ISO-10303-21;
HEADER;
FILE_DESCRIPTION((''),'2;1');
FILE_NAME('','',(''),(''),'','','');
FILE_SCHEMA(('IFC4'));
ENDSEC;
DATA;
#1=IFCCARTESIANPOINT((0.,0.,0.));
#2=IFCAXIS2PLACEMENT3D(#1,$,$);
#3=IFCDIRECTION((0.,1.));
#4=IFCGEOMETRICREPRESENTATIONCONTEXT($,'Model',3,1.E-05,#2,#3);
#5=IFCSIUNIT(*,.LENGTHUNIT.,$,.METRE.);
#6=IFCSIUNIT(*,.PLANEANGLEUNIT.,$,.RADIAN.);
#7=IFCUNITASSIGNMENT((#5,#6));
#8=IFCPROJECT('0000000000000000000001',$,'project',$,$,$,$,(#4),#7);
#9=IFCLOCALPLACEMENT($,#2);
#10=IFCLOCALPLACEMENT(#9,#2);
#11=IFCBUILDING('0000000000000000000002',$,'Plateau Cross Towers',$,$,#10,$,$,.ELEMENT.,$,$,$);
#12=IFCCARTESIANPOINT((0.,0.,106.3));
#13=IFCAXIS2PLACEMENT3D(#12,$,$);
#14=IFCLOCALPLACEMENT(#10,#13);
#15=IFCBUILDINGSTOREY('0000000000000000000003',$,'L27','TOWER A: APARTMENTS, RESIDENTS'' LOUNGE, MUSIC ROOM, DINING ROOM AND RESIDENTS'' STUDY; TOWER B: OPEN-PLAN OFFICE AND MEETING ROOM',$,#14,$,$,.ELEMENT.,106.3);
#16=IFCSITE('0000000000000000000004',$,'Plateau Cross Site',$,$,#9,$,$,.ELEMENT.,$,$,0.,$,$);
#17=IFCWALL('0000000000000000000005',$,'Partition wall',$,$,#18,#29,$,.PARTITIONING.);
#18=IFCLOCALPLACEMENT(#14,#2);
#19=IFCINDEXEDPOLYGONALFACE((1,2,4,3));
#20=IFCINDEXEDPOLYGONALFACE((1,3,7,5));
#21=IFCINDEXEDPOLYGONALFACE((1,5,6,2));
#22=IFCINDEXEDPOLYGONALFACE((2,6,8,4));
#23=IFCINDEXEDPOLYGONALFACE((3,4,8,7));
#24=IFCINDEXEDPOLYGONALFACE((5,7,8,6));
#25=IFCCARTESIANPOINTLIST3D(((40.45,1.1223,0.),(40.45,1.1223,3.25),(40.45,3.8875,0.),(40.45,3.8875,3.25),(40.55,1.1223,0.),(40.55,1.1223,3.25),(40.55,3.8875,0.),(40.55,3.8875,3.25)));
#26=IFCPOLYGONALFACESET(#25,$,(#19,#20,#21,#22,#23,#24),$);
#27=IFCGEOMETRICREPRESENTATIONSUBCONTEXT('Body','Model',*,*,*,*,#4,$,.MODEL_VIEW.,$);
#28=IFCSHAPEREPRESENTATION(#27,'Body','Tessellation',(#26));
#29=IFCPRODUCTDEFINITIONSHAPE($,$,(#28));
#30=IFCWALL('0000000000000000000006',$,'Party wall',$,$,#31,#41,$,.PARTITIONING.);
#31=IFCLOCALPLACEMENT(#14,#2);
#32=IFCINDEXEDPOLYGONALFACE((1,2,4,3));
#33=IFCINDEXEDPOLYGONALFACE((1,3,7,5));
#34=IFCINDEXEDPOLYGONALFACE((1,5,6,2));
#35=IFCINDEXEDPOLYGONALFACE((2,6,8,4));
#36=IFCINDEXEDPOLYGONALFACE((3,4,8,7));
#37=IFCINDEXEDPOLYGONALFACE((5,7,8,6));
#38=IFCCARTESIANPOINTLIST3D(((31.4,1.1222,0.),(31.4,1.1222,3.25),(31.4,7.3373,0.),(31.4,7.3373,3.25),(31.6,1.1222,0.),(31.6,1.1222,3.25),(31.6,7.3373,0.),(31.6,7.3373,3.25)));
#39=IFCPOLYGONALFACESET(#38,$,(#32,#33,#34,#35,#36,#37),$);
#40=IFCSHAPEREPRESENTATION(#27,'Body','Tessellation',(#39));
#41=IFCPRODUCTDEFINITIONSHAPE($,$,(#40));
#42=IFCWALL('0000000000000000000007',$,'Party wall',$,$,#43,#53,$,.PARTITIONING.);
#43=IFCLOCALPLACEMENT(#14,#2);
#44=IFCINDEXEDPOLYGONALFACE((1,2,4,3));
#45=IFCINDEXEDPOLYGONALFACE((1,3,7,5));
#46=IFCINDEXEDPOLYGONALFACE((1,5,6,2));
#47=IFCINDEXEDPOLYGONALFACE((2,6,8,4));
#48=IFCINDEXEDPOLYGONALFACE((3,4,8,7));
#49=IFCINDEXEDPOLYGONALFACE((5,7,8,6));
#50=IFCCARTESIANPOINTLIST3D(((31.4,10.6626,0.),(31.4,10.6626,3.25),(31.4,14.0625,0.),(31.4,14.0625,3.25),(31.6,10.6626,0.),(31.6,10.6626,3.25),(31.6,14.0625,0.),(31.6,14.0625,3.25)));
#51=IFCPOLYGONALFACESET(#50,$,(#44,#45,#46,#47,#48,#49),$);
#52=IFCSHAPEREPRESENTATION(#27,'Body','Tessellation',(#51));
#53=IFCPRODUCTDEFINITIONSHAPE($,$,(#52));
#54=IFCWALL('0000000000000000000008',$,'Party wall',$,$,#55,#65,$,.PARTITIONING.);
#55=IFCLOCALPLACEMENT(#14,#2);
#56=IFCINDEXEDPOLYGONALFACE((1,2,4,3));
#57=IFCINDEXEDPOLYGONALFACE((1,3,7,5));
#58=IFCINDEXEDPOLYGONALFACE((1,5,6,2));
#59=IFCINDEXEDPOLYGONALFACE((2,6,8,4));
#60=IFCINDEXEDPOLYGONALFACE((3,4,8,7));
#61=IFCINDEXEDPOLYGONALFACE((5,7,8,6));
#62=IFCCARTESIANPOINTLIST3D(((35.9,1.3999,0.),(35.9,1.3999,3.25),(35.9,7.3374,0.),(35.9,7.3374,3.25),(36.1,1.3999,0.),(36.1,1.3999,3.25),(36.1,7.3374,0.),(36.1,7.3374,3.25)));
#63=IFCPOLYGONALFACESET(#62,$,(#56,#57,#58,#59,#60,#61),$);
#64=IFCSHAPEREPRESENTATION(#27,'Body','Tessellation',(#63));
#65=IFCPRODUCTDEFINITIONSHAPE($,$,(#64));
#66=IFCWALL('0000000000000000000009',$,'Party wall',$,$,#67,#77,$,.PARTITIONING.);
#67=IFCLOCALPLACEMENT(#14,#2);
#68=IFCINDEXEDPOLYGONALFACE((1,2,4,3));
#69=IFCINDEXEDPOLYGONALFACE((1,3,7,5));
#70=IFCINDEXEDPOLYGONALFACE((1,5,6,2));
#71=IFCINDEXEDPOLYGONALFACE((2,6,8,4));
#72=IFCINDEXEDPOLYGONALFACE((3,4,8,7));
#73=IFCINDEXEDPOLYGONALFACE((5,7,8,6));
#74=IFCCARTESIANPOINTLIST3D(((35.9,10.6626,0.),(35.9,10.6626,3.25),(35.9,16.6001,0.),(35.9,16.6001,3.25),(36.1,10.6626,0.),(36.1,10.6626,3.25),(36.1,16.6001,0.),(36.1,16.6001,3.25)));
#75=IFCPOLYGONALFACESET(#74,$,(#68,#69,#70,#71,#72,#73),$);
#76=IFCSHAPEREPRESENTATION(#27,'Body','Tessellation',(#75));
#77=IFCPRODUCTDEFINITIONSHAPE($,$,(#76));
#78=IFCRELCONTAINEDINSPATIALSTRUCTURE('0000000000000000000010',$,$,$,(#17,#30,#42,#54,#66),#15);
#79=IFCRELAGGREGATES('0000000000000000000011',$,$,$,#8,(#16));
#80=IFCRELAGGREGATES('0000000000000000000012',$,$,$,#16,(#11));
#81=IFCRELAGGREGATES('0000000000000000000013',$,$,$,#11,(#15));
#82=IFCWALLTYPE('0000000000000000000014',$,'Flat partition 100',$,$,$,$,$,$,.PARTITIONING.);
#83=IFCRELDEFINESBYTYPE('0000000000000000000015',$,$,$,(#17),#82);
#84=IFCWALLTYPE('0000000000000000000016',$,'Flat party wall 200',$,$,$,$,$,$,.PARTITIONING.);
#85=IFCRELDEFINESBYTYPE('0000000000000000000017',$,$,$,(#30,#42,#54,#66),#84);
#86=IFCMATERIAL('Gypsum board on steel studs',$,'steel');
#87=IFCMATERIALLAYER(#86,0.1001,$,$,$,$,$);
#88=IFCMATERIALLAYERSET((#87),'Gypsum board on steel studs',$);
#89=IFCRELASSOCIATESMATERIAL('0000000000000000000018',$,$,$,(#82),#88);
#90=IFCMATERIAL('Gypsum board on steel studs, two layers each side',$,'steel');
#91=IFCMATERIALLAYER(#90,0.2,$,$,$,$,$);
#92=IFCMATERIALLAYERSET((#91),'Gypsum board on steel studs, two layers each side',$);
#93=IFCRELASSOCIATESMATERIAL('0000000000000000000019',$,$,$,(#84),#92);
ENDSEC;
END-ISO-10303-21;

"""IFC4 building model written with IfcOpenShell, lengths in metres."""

from ifc_helpers import new_model, si_unit, direction, frame, frame_2d, origin, place, context, subcontext, project, spatial, rectangle, extrude, material, layer, layer_set, type_object, element, save


model = new_model("IFC4")

# Units and contexts
model_context = context("Model", 3, precision=1e-05, world=origin(), true_north=direction((0.0, 1.0)))
body_context = subcontext(model_context, "Body", "Model", "MODEL_VIEW")
ifc_project = project(units=[si_unit("LENGTHUNIT", "METRE"), si_unit("PLANEANGLEUNIT", "RADIAN")], contexts=[model_context])

# Site, building, storey
site_placement = place(None, origin())
site = spatial("IfcSite", under=ifc_project, at=site_placement, Name="Plateau Cross Site", CompositionType="ELEMENT", RefElevation=0.0)
building_placement = place(site_placement, origin())
building = spatial("IfcBuilding", under=site, at=building_placement, Name="Plateau Cross Towers", CompositionType="ELEMENT")
storey_placement = place(building_placement, frame((0.0, 0.0, 106.3)))
storey = spatial("IfcBuildingStorey", under=building, at=storey_placement, Name="L27", Description="TOWER A: APARTMENTS, RESIDENTS' LOUNGE, MUSIC ROOM, DINING ROOM AND RESIDENTS' STUDY; TOWER B: OPEN-PLAN OFFICE AND MEETING ROOM", CompositionType="ELEMENT", Elevation=106.3)

# Shared definitions
ifc_material_1 = material(Name="Gypsum board on steel studs", Category="steel")
ifc_layer_1 = layer(ifc_material_1, 0.1001)
ifc_layer_set_1 = layer_set([ifc_layer_1], Name="Gypsum board on steel studs")
wall_type_1 = type_object("IfcWallType", Name="Flat partition 100", PredefinedType="PARTITIONING", material=ifc_layer_set_1)

# Walls
wall_1_placement = place(storey_placement, frame((40.5, 3.8875, 0.0), z_axis=(0.0, 0.0, 1.0), x_axis=(0.0, -1.0, 0.0)))
element("IfcWall", 1, at=wall_1_placement, inside=storey, type_object=wall_type_1, Name="Partition wall", PredefinedType="PARTITIONING", context=body_context, shape_type="SweptSolid", body=[
    extrude(rectangle(XDim=2.7651, YDim=0.1001, at=frame_2d((1.3826, 0.0))), origin(), (0.0, 0.0, 1.0), 3.25),
])
ifc_material_2 = material(Name="Gypsum board on steel studs, two layers each side", Category="steel")
ifc_layer_2 = layer(ifc_material_2, 0.2)
ifc_layer_set_2 = layer_set([ifc_layer_2], Name="Gypsum board on steel studs, two layers each side")
wall_type_2 = type_object("IfcWallType", Name="Flat party wall 200", PredefinedType="PARTITIONING", material=ifc_layer_set_2)
wall_2_placement = place(storey_placement, frame((31.5, 1.1223, 0.0), z_axis=(0.0, 0.0, 1.0), x_axis=(0.0, 1.0, 0.0)))
element("IfcWall", 2, at=wall_2_placement, inside=storey, type_object=wall_type_2, Name="Party wall", PredefinedType="PARTITIONING", context=body_context, shape_type="SweptSolid", body=[
    extrude(rectangle(XDim=6.2151, YDim=0.2, at=frame_2d((3.1074, 0.0))), origin(), (0.0, 0.0, 1.0), 3.25),
])
wall_3_placement = place(storey_placement, frame((31.5, 10.6626, 0.0), z_axis=(0.0, 0.0, 1.0), x_axis=(0.0, 1.0, 0.0)))
element("IfcWall", 3, at=wall_3_placement, inside=storey, type_object=wall_type_2, Name="Party wall", PredefinedType="PARTITIONING", context=body_context, shape_type="SweptSolid", body=[
    extrude(rectangle(XDim=3.3999, YDim=0.2, at=frame_2d((1.7, 0.0))), origin(), (0.0, 0.0, 1.0), 3.25),
])
for number, where, z_axis, x_axis, name in (
    (4, (36.0, 1.3999, 0.0), (0.0, 0.0, 1.0), (0.0, 1.0, 0.0), "Party wall"),
    (5, (36.0, 10.6626, 0.0), (0.0, 0.0, 1.0), (0.0, 1.0, 0.0), "Party wall"),
):
    element("IfcWall", number, at=place(storey_placement, frame(where, z_axis=z_axis, x_axis=x_axis)), inside=storey, type_object=wall_type_2, Name=name, PredefinedType="PARTITIONING", context=body_context, shape_type="SweptSolid", body=[
        extrude(rectangle(XDim=5.9375, YDim=0.2, at=frame_2d((2.9688, 0.0))), origin(), (0.0, 0.0, 1.0), 3.25),
    ])

save(model, "model.ifc")
